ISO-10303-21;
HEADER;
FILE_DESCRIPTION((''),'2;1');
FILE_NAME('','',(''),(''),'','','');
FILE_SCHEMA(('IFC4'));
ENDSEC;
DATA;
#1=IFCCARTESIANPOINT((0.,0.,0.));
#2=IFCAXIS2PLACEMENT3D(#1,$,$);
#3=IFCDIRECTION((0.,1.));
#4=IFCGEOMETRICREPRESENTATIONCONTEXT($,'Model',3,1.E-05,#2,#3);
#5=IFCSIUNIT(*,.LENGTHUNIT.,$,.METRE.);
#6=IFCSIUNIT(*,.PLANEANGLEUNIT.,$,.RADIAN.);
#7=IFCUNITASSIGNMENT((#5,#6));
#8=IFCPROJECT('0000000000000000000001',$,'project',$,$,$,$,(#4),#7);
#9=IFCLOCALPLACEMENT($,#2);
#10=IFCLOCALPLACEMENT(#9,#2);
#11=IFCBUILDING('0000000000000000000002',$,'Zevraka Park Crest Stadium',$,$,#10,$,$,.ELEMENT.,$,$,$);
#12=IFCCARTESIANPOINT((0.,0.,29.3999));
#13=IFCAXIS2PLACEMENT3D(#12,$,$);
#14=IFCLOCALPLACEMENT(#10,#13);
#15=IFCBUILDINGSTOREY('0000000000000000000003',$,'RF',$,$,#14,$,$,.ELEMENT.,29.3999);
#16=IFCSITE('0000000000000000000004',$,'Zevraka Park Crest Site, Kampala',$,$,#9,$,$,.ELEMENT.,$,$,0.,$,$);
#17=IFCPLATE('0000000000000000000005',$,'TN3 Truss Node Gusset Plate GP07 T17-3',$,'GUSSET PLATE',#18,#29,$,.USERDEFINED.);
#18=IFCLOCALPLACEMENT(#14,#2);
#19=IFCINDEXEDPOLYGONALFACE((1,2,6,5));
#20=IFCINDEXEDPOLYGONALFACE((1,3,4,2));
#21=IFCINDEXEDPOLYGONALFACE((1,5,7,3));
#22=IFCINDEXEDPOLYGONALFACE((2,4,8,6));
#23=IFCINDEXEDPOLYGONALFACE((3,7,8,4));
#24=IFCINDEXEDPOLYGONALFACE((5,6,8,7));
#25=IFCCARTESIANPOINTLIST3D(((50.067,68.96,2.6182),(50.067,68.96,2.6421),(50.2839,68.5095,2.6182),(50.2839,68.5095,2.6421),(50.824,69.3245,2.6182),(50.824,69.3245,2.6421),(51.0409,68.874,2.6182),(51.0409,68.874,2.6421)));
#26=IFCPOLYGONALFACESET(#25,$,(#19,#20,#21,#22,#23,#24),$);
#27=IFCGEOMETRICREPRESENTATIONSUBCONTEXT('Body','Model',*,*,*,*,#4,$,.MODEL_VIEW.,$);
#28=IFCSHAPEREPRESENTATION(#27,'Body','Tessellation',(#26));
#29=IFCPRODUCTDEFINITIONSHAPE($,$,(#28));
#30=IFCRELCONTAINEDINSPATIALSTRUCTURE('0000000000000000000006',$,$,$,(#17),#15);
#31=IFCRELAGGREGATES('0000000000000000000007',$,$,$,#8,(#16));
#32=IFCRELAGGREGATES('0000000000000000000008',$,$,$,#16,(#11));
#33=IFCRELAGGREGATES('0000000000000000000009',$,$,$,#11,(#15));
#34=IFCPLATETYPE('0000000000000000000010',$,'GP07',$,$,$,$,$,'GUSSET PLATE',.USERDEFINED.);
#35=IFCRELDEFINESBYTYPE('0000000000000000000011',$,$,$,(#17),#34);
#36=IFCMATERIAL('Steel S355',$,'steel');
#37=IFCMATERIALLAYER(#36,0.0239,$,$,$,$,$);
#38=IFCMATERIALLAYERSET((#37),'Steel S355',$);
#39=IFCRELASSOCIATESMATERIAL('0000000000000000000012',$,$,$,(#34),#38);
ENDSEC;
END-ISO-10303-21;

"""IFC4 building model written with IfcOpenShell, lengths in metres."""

from ifc_helpers import new_model, si_unit, direction, frame, origin, origin_2d, place, context, subcontext, project, spatial, rectangle, extrude, material, layer, layer_set, type_object, element, save


model = new_model("IFC4")

# Units and contexts
model_context = context("Model", 3, precision=1e-05, world=origin(), true_north=direction((0.0, 1.0)))
body_context = subcontext(model_context, "Body", "Model", "MODEL_VIEW")
ifc_project = project(units=[si_unit("LENGTHUNIT", "METRE"), si_unit("PLANEANGLEUNIT", "RADIAN")], contexts=[model_context])

# Site, building, storey
site_placement = place(None, origin())
site = spatial("IfcSite", under=ifc_project, at=site_placement, Name="Zevraka Park Crest Site, Kampala", CompositionType="ELEMENT", RefElevation=0.0)
building_placement = place(site_placement, origin())
building = spatial("IfcBuilding", under=site, at=building_placement, Name="Zevraka Park Crest Stadium", CompositionType="ELEMENT")
storey_placement = place(building_placement, frame((0.0, 0.0, 29.3999)))
storey = spatial("IfcBuildingStorey", under=building, at=storey_placement, Name="RF", CompositionType="ELEMENT", Elevation=29.3999)

# Plate
ifc_material_1 = material(Name="Steel S355", Category="steel")
ifc_layer_1 = layer(ifc_material_1, 0.0239)
ifc_layer_set_1 = layer_set([ifc_layer_1], Name="Steel S355")
plate_type_1 = type_object("IfcPlateType", Name="GP07", ElementType="GUSSET PLATE", PredefinedType="USERDEFINED", material=ifc_layer_set_1)
plate_1_placement = place(storey_placement, frame((50.554, 68.917, 2.6182), z_axis=(0.0, 0.0, 1.0), x_axis=(0.901001, 0.433816, 0.0)))
element("IfcPlate", 1, at=plate_1_placement, inside=storey, type_object=plate_type_1, Name="TN3 Truss Node Gusset Plate GP07 T17-3", ObjectType="GUSSET PLATE", PredefinedType="USERDEFINED", context=body_context, shape_type="SweptSolid", body=[
    extrude(rectangle(XDim=0.8401, YDim=0.5, at=origin_2d()), origin(), (0.0, 0.0, 1.0), 0.0239),
])

save(model, "model.ifc")
